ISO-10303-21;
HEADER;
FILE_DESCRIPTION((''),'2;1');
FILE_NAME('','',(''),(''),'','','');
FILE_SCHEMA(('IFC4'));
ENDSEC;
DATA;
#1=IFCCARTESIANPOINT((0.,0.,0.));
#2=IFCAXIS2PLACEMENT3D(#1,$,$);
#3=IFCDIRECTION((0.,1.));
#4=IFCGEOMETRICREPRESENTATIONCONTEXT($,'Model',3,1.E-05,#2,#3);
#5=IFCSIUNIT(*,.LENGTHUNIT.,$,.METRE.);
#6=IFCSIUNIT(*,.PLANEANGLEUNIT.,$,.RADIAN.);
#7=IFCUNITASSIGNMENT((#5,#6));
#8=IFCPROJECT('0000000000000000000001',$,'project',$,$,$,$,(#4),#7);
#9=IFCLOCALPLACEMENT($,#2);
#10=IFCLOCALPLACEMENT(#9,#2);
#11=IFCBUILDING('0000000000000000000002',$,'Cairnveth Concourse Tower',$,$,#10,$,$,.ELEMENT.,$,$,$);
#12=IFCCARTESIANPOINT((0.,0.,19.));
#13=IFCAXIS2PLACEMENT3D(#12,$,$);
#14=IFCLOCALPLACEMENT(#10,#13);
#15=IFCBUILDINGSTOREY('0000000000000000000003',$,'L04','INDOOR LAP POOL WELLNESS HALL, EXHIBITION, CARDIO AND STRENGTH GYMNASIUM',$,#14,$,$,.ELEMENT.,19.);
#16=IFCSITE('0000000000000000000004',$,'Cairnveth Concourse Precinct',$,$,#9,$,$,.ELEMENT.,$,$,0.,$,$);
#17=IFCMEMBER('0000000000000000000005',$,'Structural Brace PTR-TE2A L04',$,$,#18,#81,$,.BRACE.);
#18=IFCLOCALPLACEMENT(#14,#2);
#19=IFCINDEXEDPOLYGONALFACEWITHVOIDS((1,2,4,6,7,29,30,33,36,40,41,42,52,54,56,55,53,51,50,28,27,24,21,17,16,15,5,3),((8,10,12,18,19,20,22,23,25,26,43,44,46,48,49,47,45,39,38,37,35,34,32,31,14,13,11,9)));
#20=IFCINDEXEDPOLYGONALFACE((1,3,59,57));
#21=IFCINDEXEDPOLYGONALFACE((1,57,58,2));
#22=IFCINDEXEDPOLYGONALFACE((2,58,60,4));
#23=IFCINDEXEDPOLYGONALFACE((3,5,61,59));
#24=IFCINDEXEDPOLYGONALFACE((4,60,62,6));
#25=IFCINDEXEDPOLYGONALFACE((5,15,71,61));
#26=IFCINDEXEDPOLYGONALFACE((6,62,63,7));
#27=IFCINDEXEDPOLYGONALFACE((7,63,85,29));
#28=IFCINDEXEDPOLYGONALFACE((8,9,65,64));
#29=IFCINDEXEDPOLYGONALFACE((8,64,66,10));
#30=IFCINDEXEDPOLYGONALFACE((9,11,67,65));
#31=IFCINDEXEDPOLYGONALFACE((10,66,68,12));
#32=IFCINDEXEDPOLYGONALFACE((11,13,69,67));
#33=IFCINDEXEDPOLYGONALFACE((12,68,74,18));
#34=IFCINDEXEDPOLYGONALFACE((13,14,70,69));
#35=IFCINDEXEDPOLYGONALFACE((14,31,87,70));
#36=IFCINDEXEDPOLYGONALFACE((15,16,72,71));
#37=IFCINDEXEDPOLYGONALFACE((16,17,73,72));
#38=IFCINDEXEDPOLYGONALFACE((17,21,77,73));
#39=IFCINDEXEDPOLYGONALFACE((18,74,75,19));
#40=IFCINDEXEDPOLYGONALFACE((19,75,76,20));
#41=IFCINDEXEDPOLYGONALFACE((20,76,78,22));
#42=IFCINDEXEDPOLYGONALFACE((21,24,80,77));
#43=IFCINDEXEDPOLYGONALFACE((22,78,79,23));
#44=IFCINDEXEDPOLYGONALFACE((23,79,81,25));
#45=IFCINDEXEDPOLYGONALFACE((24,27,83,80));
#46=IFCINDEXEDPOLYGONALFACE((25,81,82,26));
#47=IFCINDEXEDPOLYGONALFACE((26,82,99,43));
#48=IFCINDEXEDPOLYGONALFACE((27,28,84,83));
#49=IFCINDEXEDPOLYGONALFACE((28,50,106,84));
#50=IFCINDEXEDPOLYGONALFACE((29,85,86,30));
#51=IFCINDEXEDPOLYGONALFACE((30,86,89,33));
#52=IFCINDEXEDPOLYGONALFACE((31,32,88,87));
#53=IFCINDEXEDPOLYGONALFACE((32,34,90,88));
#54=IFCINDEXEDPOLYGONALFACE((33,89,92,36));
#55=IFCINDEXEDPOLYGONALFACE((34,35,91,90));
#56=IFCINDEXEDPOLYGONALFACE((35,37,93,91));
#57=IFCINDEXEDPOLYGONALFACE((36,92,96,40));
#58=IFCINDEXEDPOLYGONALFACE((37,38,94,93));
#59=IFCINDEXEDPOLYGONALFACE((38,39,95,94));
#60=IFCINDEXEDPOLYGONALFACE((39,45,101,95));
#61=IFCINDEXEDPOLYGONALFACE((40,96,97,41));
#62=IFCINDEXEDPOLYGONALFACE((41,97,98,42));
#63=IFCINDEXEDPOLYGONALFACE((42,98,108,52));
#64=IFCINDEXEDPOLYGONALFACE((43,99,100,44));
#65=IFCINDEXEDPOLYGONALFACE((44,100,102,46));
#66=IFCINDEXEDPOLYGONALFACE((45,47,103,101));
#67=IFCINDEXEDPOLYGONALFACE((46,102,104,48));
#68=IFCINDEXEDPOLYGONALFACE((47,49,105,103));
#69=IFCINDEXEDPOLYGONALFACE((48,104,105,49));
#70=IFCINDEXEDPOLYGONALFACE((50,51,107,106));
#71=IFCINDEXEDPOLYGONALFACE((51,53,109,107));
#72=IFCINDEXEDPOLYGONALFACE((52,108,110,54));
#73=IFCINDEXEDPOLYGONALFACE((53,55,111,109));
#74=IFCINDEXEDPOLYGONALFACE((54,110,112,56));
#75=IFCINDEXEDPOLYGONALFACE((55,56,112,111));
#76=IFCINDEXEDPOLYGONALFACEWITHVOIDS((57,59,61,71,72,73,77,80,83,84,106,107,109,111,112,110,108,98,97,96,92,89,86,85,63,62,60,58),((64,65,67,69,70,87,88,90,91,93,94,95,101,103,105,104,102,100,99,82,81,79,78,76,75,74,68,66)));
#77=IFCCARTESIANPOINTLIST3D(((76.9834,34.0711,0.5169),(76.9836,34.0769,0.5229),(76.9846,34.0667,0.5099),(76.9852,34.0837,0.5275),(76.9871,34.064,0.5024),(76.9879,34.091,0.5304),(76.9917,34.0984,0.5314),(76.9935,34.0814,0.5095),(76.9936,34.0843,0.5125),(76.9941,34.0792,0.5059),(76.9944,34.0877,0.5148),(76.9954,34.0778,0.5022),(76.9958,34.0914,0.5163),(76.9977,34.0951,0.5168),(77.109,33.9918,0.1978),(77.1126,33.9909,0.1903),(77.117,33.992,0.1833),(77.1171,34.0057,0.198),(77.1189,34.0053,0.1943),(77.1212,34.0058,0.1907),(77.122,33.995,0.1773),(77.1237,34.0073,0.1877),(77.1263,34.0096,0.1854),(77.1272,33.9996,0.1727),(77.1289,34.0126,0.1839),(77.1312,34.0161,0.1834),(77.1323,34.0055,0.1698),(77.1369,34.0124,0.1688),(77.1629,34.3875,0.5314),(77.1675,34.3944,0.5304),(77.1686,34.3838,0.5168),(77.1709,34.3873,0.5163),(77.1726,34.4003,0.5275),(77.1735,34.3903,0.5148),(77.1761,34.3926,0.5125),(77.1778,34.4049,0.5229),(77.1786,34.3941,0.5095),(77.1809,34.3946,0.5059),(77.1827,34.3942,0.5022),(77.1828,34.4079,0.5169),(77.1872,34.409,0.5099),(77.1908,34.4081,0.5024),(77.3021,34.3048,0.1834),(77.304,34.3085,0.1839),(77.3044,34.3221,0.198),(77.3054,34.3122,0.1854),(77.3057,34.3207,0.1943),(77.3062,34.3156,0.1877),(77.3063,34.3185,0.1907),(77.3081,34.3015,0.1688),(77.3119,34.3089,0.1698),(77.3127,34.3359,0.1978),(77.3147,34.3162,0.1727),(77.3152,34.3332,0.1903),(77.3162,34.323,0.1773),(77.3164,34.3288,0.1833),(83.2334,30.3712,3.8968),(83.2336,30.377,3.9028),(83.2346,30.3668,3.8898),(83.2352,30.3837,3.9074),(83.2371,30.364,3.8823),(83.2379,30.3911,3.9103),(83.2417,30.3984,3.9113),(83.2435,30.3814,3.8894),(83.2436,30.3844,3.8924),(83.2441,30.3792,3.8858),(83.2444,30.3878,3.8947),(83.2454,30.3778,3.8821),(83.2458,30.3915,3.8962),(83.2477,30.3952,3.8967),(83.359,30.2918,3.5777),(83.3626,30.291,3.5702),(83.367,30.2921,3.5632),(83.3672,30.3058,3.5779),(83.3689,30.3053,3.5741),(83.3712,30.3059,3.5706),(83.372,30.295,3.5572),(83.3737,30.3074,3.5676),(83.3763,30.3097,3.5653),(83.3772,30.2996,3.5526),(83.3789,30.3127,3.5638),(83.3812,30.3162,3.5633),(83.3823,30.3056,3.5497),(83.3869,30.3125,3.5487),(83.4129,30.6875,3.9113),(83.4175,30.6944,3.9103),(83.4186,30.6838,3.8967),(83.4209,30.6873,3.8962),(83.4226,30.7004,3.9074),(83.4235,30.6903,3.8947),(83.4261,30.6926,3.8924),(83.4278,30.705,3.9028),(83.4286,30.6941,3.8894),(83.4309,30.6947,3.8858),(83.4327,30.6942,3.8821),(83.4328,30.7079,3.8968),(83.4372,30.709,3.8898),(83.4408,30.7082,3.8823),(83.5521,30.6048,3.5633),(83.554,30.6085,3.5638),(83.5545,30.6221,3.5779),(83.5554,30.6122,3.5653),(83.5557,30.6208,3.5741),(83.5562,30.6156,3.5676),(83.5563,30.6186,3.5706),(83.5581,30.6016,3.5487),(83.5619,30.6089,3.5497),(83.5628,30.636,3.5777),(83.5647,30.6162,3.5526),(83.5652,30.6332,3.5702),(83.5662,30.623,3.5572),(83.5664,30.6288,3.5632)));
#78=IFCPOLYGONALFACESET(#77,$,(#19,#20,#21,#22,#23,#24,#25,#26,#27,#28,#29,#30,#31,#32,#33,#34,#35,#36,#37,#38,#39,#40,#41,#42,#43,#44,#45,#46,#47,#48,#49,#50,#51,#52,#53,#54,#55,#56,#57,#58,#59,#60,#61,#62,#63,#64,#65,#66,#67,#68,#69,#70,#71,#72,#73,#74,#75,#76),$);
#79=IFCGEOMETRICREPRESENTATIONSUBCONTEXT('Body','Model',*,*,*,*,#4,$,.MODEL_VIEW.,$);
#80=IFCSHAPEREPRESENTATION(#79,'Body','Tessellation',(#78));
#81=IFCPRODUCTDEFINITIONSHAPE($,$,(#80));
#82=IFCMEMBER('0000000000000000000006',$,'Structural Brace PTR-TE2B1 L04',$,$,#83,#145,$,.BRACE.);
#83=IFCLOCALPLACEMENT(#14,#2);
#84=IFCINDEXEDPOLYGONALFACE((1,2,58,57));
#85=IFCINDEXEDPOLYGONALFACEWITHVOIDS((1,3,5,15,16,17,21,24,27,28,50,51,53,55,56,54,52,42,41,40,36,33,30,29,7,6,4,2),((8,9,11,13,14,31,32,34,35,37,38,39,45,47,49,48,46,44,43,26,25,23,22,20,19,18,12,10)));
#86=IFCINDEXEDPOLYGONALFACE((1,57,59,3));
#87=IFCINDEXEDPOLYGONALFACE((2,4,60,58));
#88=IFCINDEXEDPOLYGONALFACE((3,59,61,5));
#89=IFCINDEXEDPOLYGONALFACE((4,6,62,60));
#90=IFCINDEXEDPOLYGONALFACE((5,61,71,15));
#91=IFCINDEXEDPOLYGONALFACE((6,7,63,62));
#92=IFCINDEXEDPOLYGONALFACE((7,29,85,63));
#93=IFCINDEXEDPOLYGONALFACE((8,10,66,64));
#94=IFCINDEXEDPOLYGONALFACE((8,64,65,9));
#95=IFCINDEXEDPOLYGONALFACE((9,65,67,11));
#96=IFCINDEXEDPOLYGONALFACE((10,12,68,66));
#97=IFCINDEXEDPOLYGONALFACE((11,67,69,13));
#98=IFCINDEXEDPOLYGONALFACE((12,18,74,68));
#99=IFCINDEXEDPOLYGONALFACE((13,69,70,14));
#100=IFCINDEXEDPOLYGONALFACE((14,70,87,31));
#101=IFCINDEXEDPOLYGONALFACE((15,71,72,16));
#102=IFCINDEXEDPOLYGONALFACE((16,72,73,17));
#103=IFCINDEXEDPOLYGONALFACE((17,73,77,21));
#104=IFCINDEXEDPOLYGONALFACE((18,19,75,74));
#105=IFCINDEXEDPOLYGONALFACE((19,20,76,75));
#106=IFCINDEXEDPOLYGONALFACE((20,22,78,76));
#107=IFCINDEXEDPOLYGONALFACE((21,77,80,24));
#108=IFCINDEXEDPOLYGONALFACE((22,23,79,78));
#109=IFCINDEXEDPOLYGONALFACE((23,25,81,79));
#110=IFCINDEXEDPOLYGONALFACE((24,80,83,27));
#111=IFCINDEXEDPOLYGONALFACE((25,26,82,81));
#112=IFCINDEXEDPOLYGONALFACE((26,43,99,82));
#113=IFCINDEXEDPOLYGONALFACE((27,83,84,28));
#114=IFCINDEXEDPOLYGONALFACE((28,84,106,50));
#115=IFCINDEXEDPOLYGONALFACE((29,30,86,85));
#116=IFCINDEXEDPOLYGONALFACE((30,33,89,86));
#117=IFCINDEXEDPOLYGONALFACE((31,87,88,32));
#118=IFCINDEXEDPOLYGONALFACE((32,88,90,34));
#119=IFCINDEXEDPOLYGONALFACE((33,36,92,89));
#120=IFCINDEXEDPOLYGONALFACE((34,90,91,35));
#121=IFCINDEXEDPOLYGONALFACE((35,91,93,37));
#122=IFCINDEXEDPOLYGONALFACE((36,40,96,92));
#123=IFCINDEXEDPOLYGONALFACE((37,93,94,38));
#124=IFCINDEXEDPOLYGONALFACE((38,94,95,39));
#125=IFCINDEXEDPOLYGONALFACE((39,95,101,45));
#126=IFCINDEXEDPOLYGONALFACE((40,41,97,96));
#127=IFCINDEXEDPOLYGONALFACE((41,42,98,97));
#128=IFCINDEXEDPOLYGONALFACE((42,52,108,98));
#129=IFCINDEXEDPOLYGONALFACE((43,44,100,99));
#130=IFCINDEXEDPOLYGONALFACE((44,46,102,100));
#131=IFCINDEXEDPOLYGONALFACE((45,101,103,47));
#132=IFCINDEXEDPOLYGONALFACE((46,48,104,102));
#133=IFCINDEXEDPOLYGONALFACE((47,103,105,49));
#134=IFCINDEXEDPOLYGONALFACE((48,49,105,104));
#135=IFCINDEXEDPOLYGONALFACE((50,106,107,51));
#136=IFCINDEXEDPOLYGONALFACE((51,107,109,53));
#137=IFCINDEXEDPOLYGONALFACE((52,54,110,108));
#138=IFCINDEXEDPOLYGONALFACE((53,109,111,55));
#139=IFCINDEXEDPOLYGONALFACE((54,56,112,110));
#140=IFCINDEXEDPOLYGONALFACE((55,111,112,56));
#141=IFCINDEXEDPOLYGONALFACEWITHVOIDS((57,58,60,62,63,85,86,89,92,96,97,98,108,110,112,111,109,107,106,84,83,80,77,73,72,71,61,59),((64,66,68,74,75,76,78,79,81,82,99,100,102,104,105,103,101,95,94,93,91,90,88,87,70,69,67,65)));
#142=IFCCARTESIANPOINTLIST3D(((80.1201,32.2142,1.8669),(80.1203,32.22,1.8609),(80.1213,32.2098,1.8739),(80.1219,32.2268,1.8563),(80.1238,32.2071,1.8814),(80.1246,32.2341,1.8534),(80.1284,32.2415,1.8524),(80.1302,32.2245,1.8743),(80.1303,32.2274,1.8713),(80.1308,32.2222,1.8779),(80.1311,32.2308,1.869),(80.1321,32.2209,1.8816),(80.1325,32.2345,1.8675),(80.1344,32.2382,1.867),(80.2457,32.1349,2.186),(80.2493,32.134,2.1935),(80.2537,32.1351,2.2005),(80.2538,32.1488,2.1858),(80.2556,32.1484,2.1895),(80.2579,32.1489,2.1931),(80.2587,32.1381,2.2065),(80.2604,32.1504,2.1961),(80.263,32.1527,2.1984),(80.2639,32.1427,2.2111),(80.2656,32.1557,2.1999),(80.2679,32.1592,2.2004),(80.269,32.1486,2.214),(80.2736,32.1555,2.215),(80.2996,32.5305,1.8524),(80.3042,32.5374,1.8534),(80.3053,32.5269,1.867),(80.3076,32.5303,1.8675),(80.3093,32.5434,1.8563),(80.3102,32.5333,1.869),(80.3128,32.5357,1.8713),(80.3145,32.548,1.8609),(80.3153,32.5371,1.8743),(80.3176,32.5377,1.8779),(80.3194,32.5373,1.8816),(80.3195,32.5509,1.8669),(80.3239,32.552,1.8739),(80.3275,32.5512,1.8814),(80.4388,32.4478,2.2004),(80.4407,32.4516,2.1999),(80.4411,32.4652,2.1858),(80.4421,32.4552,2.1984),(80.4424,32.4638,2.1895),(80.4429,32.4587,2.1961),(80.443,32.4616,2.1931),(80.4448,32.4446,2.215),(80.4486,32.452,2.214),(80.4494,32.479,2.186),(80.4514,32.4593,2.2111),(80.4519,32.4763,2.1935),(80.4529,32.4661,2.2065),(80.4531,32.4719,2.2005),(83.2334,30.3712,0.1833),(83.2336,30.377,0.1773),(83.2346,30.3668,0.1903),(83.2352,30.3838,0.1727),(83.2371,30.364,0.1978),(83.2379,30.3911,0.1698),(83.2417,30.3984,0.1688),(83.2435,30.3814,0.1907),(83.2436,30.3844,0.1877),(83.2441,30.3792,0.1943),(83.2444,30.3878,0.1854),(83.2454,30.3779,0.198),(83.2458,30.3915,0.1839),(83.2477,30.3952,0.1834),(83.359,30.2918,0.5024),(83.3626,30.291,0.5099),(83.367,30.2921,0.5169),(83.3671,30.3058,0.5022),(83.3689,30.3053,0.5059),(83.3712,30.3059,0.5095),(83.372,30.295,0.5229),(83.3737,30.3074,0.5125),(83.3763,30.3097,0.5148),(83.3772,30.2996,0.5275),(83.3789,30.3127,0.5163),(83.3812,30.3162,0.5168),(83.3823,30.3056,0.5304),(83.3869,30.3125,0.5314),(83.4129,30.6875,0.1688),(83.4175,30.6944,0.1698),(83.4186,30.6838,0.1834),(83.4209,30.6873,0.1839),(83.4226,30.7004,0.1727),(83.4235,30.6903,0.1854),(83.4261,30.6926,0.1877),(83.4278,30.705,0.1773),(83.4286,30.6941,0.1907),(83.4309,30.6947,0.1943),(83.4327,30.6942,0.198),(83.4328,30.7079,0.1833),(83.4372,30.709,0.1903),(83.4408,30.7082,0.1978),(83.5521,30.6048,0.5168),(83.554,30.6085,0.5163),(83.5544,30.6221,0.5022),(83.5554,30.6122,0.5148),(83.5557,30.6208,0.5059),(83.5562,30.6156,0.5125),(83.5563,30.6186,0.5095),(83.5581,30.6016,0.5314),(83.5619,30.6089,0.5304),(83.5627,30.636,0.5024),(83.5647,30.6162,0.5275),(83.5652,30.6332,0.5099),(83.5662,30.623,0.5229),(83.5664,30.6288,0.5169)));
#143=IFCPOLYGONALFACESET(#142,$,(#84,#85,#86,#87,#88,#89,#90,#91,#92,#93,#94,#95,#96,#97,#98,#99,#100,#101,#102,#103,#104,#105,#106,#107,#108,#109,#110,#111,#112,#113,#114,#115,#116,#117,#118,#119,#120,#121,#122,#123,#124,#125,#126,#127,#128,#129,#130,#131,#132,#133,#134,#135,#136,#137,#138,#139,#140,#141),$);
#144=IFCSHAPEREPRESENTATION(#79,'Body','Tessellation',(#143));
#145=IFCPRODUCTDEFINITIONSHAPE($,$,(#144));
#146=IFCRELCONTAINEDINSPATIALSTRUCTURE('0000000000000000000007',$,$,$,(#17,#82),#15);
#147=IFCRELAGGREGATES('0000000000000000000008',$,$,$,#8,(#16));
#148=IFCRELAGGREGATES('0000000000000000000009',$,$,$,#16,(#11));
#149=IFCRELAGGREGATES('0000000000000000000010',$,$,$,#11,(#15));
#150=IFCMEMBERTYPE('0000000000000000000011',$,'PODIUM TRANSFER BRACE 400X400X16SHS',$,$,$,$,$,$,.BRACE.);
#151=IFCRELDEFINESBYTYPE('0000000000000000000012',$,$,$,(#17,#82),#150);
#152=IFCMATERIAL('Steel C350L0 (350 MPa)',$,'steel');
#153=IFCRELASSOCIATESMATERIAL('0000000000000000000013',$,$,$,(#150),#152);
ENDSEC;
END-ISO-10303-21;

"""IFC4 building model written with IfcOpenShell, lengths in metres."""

from ifc_helpers import new_model, si_unit, direction, frame, origin, origin_2d, place, context, subcontext, project, spatial, hollow_rectangle, extrude, material, material_profile, profile_set, type_object, element, save


model = new_model("IFC4")

# Units and contexts
model_context = context("Model", 3, precision=1e-05, world=origin(), true_north=direction((0.0, 1.0)))
body_context = subcontext(model_context, "Body", "Model", "MODEL_VIEW")
ifc_project = project(units=[si_unit("LENGTHUNIT", "METRE"), si_unit("PLANEANGLEUNIT", "RADIAN")], contexts=[model_context])

# Site, building, storey
site_placement = place(None, origin())
site = spatial("IfcSite", under=ifc_project, at=site_placement, Name="Cairnveth Concourse Precinct", CompositionType="ELEMENT", RefElevation=0.0)
building_placement = place(site_placement, origin())
building = spatial("IfcBuilding", under=site, at=building_placement, Name="Cairnveth Concourse Tower", CompositionType="ELEMENT")
storey_placement = place(building_placement, frame((0.0, 0.0, 19.0)))
storey = spatial("IfcBuildingStorey", under=building, at=storey_placement, Name="L04", Description="INDOOR LAP POOL WELLNESS HALL, EXHIBITION, CARDIO AND STRENGTH GYMNASIUM", CompositionType="ELEMENT", Elevation=19.0)

# Members
ifc_material_1 = material(Name="Steel C350L0 (350 MPa)", Category="steel")
ifc_material_profile_1 = material_profile(ifc_material_1, hollow_rectangle(XDim=0.3999, YDim=0.3999, WallThickness=0.0161, InnerFilletRadius=0.0161, OuterFilletRadius=0.032, at=origin_2d()), Name="400x400x16.0SHS")
ifc_profile_set_1 = profile_set([ifc_material_profile_1], Name="Steel C350L0 (350 MPa)")
member_type = type_object("IfcMemberType", Name="PODIUM TRANSFER BRACE 400X400X16SHS", PredefinedType="BRACE", material=ifc_profile_set_1)
member_1_placement = place(storey_placement, frame((77.1499, 34.2, 0.3501), z_axis=(0.78018, -0.46186, 0.421906), x_axis=(0.50942, 0.860518, 0.0)))
element("IfcMember", 1, at=member_1_placement, inside=storey, type_object=member_type, Name="Structural Brace PTR-TE2A L04", PredefinedType="BRACE", context=body_context, shape_type="SweptSolid", body=[
    extrude(hollow_rectangle(XDim=0.3999, YDim=0.3999, WallThickness=0.0161, InnerFilletRadius=0.0161, OuterFilletRadius=0.032, at=origin_2d()), origin(), (0.0, 0.0, 1.0), 8.011),
])
for number, where, z_axis, x_axis, name in (
    (2, (83.3999, 30.5, 0.3501), (-0.780182, 0.461857, 0.421905), (-0.509416, -0.860521, 0.0), "Structural Brace PTR-TE2B1 L04"),
):
    element("IfcMember", number, at=place(storey_placement, frame(where, z_axis=z_axis, x_axis=x_axis)), inside=storey, type_object=member_type, Name=name, PredefinedType="BRACE", context=body_context, shape_type="SweptSolid", body=[
        extrude(hollow_rectangle(XDim=0.3999, YDim=0.3999, WallThickness=0.0161, InnerFilletRadius=0.0161, OuterFilletRadius=0.032, at=origin_2d()), origin(), (0.0, 0.0, 1.0), 3.9905),
    ])

save(model, "model.ifc")
